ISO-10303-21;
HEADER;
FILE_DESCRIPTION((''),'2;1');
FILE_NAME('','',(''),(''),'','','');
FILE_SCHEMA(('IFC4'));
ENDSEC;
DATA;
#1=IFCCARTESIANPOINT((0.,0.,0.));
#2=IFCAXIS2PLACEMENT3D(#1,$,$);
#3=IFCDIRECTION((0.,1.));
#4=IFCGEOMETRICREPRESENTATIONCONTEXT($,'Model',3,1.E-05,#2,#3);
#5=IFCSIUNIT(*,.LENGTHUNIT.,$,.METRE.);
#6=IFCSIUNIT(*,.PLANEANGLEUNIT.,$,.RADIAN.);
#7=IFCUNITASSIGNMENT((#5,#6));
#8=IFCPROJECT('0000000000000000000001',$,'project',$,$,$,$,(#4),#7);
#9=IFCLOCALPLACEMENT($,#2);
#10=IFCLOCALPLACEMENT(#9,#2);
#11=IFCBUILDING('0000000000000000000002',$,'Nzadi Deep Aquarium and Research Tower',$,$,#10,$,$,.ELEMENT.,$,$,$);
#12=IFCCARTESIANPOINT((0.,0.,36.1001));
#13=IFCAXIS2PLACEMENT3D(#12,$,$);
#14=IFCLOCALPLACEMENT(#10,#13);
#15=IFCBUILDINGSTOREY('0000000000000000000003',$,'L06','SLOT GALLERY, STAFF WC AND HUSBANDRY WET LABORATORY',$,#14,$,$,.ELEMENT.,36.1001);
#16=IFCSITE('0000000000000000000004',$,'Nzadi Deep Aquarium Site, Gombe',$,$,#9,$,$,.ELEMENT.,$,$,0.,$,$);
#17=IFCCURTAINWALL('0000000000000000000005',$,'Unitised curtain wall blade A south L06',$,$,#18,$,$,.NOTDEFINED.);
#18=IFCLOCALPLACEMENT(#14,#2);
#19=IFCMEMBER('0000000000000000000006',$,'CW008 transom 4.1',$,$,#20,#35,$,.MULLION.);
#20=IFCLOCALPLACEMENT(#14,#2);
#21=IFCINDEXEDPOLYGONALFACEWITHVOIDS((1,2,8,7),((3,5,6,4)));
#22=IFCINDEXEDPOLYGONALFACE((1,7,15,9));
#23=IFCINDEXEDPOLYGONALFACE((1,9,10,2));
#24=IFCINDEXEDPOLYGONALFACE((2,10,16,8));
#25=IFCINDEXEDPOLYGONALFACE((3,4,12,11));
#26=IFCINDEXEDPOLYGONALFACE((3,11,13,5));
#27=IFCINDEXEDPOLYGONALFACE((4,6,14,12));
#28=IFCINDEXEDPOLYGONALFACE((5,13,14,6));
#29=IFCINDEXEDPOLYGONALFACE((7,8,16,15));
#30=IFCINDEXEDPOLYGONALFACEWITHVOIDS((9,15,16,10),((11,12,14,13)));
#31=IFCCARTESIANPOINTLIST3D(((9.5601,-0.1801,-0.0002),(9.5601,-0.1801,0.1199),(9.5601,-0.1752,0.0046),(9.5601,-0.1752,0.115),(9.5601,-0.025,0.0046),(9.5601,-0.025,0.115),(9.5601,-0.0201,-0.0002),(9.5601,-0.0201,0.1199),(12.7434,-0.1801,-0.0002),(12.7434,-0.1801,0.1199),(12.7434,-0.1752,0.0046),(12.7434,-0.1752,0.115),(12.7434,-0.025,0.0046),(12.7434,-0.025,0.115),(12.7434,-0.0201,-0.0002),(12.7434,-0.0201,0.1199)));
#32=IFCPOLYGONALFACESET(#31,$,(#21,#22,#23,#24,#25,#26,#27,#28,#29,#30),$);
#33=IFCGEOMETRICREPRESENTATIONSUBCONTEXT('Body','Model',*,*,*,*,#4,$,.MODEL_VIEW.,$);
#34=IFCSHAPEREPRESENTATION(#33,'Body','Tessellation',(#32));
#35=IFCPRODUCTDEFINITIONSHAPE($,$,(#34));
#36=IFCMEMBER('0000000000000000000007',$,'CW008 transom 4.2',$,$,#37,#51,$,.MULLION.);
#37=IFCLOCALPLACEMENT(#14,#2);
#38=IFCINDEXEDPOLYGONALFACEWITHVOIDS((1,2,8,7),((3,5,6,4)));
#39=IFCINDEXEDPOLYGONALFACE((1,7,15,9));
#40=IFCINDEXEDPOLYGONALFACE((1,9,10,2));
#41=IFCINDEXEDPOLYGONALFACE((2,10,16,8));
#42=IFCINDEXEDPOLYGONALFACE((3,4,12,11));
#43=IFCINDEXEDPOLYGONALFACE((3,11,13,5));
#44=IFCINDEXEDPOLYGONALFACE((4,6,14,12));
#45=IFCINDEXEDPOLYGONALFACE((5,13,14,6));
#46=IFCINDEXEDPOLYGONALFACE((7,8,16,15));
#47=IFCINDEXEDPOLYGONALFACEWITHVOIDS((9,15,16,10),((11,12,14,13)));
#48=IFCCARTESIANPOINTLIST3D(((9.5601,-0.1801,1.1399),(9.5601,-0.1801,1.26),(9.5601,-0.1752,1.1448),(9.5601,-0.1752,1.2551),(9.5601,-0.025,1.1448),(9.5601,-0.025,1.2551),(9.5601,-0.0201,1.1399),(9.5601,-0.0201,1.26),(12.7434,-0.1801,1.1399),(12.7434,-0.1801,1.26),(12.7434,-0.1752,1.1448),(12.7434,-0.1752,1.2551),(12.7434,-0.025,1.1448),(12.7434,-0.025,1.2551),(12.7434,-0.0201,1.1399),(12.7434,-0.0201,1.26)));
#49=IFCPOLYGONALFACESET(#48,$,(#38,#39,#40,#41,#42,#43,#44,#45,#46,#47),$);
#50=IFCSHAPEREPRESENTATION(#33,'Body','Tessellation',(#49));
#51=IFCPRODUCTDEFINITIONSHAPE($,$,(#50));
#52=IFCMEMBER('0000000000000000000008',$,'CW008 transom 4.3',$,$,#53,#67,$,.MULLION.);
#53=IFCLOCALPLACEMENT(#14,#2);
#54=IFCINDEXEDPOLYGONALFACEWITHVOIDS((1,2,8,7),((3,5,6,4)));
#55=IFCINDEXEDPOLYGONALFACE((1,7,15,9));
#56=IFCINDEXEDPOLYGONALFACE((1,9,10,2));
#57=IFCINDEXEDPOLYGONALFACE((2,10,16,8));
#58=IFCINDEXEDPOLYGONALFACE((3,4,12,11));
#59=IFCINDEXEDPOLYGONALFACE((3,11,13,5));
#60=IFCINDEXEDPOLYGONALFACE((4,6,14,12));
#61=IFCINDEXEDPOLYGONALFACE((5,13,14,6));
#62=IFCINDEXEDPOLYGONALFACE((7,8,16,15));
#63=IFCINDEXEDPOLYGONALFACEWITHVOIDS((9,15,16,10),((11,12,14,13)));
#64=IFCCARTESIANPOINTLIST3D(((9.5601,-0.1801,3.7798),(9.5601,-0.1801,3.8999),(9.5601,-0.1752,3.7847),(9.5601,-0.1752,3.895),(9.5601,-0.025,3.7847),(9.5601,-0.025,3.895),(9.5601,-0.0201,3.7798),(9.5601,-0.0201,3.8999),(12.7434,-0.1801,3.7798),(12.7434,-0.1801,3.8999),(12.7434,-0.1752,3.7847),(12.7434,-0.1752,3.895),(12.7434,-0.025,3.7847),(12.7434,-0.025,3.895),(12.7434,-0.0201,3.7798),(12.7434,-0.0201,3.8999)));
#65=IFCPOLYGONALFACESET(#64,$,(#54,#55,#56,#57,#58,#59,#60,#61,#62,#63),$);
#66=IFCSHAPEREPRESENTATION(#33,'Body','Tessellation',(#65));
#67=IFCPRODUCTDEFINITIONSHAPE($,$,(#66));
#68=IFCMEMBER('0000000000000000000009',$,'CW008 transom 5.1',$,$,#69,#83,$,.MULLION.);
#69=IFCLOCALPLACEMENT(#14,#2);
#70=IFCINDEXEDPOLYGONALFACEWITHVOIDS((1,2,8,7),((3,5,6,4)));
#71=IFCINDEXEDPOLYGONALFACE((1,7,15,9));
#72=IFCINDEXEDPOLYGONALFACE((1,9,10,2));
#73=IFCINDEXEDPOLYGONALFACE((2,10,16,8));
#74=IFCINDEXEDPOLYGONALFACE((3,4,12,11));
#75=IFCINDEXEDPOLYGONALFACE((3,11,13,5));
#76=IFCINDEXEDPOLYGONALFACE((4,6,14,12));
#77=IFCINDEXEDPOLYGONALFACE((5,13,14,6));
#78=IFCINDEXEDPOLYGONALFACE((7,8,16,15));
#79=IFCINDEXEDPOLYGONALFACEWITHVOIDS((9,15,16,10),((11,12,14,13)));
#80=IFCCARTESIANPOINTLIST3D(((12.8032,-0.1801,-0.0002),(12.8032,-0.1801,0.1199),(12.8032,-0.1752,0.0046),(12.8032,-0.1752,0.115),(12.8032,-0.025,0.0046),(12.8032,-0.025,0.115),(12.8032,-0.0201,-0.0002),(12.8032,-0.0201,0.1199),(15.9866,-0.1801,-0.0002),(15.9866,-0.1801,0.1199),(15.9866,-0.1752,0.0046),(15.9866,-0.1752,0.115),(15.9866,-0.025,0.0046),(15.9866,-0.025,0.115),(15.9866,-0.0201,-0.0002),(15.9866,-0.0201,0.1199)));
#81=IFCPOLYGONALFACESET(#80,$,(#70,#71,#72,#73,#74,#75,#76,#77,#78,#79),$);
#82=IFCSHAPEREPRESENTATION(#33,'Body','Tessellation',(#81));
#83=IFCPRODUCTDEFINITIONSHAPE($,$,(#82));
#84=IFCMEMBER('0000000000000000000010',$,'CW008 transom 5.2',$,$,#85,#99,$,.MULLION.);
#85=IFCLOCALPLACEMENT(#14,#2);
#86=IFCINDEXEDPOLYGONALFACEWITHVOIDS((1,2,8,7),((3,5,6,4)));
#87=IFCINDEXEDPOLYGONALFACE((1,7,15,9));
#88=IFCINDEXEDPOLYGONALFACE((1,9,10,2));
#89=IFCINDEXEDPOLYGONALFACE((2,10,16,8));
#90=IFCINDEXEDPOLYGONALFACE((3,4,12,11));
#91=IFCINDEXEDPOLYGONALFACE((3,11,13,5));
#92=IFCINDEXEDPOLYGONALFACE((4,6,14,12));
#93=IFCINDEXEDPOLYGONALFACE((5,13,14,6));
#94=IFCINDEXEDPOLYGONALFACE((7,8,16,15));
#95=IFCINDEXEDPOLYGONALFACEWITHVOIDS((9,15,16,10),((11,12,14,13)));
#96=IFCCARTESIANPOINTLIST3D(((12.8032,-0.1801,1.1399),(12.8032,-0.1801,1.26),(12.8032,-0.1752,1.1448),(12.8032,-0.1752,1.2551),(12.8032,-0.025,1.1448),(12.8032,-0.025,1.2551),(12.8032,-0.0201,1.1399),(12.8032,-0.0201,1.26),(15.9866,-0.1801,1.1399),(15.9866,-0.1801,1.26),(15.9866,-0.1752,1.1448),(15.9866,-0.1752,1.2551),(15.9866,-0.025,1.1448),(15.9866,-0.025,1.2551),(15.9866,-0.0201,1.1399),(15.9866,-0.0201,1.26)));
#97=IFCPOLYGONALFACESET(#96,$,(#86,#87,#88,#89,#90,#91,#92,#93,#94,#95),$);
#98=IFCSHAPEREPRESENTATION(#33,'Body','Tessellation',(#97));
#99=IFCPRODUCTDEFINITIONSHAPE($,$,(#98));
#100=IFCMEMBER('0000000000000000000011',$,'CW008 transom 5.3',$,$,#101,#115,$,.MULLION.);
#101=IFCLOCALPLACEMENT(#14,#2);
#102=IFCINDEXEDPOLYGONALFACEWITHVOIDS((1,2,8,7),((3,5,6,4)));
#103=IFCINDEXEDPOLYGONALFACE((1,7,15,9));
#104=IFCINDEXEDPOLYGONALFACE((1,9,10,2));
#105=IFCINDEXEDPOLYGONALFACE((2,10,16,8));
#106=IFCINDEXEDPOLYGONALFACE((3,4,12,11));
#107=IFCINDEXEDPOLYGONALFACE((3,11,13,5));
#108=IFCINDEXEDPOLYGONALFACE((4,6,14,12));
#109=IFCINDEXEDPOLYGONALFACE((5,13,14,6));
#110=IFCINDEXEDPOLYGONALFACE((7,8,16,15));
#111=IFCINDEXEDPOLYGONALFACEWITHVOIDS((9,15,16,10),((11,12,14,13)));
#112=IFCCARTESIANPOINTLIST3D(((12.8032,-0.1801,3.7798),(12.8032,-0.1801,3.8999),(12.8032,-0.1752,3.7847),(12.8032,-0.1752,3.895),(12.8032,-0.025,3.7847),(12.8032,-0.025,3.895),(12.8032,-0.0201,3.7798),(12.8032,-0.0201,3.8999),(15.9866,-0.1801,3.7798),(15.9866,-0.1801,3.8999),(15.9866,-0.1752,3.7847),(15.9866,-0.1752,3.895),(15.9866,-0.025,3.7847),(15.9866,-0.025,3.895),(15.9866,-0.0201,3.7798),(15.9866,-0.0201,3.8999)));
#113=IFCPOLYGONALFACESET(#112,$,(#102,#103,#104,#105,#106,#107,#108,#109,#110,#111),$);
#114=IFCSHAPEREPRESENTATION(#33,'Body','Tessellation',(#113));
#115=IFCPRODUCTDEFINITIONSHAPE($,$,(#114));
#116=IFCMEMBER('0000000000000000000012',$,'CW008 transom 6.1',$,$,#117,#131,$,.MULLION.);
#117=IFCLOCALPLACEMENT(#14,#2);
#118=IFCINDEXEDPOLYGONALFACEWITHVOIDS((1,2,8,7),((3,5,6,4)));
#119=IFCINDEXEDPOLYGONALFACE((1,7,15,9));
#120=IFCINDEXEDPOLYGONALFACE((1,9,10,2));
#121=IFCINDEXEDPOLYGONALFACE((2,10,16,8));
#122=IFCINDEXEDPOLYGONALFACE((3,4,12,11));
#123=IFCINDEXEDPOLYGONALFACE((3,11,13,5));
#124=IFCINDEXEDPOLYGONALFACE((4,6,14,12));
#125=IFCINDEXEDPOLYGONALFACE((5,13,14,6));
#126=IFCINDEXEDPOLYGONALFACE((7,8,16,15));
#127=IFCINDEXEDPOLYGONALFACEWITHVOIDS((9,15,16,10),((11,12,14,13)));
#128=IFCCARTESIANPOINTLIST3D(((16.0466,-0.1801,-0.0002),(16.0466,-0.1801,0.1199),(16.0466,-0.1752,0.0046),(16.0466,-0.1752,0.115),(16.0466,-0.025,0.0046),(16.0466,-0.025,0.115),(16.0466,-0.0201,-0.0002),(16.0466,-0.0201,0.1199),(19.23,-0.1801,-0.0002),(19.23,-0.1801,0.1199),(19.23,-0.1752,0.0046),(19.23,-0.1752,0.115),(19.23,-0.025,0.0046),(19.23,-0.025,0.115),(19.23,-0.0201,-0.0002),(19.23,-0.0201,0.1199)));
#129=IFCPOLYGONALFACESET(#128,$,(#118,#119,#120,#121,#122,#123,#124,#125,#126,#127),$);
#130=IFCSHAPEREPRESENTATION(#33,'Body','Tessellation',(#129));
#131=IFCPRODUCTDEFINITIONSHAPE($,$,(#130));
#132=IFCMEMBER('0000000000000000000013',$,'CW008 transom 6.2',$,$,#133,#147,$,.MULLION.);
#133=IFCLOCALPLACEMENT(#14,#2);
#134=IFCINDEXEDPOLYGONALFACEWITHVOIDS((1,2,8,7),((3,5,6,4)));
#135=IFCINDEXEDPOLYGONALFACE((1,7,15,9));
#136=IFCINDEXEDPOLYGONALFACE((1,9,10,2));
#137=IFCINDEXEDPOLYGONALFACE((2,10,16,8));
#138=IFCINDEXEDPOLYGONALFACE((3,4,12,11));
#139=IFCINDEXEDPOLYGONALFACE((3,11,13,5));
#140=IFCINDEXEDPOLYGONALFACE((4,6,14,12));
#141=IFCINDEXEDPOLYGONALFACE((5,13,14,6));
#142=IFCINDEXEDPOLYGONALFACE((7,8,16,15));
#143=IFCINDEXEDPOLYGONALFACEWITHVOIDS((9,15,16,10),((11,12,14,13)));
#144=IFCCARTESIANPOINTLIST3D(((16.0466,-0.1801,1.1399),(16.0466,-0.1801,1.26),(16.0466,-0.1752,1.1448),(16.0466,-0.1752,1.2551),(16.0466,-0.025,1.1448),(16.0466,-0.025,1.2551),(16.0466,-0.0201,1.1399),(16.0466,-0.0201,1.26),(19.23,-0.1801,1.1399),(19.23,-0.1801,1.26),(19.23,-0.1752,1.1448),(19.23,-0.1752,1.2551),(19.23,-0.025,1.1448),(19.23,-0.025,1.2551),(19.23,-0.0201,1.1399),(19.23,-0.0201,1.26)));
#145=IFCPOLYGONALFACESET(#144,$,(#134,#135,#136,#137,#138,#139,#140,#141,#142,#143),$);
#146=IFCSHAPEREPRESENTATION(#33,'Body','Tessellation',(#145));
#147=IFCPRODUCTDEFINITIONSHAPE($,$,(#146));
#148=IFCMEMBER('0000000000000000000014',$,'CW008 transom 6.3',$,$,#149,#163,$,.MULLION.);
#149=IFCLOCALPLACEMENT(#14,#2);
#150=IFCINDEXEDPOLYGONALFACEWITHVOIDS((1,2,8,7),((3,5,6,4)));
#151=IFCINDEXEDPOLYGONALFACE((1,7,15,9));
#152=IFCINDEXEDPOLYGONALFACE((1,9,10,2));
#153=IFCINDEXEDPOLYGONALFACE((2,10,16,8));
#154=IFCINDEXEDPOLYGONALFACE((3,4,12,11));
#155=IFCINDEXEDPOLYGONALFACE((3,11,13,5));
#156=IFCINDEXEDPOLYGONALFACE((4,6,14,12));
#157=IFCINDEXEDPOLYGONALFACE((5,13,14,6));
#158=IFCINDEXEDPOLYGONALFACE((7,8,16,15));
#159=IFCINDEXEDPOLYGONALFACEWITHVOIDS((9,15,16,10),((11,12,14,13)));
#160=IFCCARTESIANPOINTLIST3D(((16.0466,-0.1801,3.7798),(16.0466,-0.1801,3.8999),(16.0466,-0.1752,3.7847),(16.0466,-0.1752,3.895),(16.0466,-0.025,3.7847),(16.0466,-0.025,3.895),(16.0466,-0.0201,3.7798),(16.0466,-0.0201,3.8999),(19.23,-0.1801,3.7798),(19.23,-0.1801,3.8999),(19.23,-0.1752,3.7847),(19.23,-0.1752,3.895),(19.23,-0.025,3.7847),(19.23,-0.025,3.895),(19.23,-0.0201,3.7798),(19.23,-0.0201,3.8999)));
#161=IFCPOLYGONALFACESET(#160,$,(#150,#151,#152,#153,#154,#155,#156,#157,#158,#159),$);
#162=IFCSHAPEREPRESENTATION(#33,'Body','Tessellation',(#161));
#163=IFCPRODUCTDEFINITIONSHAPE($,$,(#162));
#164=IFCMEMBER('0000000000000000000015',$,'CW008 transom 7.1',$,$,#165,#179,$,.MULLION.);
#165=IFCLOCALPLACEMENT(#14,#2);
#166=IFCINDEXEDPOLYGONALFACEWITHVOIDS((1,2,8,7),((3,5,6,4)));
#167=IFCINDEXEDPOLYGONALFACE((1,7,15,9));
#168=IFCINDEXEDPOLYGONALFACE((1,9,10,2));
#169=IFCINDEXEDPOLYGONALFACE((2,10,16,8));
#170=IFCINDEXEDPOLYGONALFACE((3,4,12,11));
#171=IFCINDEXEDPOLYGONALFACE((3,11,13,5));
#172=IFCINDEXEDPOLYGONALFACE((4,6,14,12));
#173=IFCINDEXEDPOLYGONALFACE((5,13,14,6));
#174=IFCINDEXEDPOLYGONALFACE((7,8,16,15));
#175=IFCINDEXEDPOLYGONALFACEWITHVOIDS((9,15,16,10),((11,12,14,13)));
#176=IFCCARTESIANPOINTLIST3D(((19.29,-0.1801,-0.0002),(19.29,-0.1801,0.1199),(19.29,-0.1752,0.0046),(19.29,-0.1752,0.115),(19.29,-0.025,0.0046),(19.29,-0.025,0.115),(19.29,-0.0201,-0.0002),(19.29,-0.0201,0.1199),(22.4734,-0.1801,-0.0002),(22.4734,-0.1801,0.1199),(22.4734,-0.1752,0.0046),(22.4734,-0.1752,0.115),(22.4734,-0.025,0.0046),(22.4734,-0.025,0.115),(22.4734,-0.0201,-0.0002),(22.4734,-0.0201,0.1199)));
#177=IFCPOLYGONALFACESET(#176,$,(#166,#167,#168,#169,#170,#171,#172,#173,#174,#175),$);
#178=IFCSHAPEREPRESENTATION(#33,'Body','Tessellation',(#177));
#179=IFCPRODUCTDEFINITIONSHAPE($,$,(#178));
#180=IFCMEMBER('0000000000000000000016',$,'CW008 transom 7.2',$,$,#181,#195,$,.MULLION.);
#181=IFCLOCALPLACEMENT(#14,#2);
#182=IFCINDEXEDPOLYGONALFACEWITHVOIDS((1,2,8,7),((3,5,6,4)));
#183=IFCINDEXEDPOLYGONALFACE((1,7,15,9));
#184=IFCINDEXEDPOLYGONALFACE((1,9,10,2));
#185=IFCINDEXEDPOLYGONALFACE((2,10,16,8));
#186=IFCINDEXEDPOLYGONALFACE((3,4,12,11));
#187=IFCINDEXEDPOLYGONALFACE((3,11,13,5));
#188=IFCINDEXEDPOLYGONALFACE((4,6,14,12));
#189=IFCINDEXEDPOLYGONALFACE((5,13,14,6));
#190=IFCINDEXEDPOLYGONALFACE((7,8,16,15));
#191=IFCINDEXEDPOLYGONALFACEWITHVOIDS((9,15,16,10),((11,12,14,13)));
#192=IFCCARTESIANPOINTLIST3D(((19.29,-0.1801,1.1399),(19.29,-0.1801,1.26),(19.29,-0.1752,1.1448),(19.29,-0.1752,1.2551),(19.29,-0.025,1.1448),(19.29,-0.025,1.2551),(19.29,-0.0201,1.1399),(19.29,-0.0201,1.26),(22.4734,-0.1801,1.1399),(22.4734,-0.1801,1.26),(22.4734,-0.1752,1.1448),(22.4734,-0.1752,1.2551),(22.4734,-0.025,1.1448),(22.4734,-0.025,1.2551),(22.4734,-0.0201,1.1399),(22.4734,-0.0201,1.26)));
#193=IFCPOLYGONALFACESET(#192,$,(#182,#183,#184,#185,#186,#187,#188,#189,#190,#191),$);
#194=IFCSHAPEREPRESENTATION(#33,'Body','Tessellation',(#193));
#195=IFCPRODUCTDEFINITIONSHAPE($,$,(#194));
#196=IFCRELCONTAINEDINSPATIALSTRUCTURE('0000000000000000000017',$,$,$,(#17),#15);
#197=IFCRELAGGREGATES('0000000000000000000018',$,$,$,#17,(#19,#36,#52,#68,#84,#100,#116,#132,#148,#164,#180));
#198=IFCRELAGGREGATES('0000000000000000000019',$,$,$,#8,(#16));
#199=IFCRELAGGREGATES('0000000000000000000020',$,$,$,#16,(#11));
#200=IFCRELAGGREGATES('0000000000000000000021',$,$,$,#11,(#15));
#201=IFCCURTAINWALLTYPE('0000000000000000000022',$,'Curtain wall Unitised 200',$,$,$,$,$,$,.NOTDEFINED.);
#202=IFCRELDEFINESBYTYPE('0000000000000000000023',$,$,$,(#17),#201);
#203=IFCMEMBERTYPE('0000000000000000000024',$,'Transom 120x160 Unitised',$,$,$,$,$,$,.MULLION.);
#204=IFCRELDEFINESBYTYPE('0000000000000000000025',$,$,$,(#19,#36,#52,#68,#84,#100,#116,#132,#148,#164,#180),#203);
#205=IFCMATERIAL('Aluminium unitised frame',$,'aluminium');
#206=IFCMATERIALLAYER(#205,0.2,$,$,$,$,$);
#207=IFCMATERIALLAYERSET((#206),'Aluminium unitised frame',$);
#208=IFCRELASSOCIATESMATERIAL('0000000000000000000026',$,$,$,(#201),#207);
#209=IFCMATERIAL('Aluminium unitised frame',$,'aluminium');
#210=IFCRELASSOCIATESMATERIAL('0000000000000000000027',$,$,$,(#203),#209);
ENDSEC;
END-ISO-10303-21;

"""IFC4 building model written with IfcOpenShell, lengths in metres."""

from ifc_helpers import new_model, si_unit, direction, frame, origin, origin_2d, place, context, subcontext, project, spatial, hollow_rectangle, extrude, material, layer, layer_set, material_profile, profile_set, type_object, element, aggregate, save


model = new_model("IFC4")

# Units and contexts
model_context = context("Model", 3, precision=1e-05, world=origin(), true_north=direction((0.0, 1.0)))
body_context = subcontext(model_context, "Body", "Model", "MODEL_VIEW")
ifc_project = project(units=[si_unit("LENGTHUNIT", "METRE"), si_unit("PLANEANGLEUNIT", "RADIAN")], contexts=[model_context])

# Site, building, storey
site_placement = place(None, origin())
site = spatial("IfcSite", under=ifc_project, at=site_placement, Name="Nzadi Deep Aquarium Site, Gombe", CompositionType="ELEMENT", RefElevation=0.0)
building_placement = place(site_placement, origin())
building = spatial("IfcBuilding", under=site, at=building_placement, Name="Nzadi Deep Aquarium and Research Tower", CompositionType="ELEMENT")
storey_placement = place(building_placement, frame((0.0, 0.0, 36.1001)))
storey = spatial("IfcBuildingStorey", under=building, at=storey_placement, Name="L06", Description="SLOT GALLERY, STAFF WC AND HUSBANDRY WET LABORATORY", CompositionType="ELEMENT", Elevation=36.1001)

# Curtain wall
ifc_material_1 = material(Name="Aluminium unitised frame", Category="aluminium")
ifc_layer_1 = layer(ifc_material_1, 0.2)
ifc_layer_set_1 = layer_set([ifc_layer_1], Name="Aluminium unitised frame")
curtain_wall_type = type_object("IfcCurtainWallType", Name="Curtain wall Unitised 200", PredefinedType="NOTDEFINED", material=ifc_layer_set_1)
curtain_wall_placement = place(storey_placement, origin())
curtain_wall = element("IfcCurtainWall", 1, at=curtain_wall_placement, inside=storey, type_object=curtain_wall_type, Name="Unitised curtain wall blade A south L06", PredefinedType="NOTDEFINED")

# Members
ifc_material_2 = material(Name="Aluminium unitised frame", Category="aluminium")
ifc_material_profile_1 = material_profile(ifc_material_2, hollow_rectangle(XDim=0.1599, YDim=0.1201, WallThickness=0.0049, at=origin_2d()))
ifc_profile_set_1 = profile_set([ifc_material_profile_1], Name="Aluminium unitised frame")
member_type_1 = type_object("IfcMemberType", Name="Transom 120x160 Unitised", PredefinedType="MULLION", material=ifc_profile_set_1)
member_1_placement = place(storey_placement, frame((9.5601, -0.1001, 0.0598), z_axis=(1.0, 0.0, 0.0), x_axis=(0.0, 1.0, 0.0)))
member_1 = element("IfcMember", 2, at=member_1_placement, type_object=member_type_1, Name="CW008 transom 4.1", PredefinedType="MULLION", context=body_context, shape_type="SweptSolid", body=[
    extrude(hollow_rectangle(XDim=0.1599, YDim=0.1201, WallThickness=0.0049, at=origin_2d()), origin(), (0.0, 0.0, 1.0), 3.1833),
])
member_2_placement = place(storey_placement, frame((9.5601, -0.1001, 1.2), z_axis=(1.0, 0.0, 0.0), x_axis=(0.0, 1.0, 0.0)))
member_2 = element("IfcMember", 3, at=member_2_placement, type_object=member_type_1, Name="CW008 transom 4.2", PredefinedType="MULLION", context=body_context, shape_type="SweptSolid", body=[
    extrude(hollow_rectangle(XDim=0.1599, YDim=0.1201, WallThickness=0.0049, at=origin_2d()), origin(), (0.0, 0.0, 1.0), 3.1833),
])
member_3_placement = place(storey_placement, frame((9.5601, -0.1001, 3.8398), z_axis=(1.0, 0.0, 0.0), x_axis=(0.0, 1.0, 0.0)))
member_3 = element("IfcMember", 4, at=member_3_placement, type_object=member_type_1, Name="CW008 transom 4.3", PredefinedType="MULLION", context=body_context, shape_type="SweptSolid", body=[
    extrude(hollow_rectangle(XDim=0.1599, YDim=0.1201, WallThickness=0.0049, at=origin_2d()), origin(), (0.0, 0.0, 1.0), 3.1833),
])
member_4_placement = place(storey_placement, frame((12.8032, -0.1001, 0.0598), z_axis=(1.0, 0.0, 0.0), x_axis=(0.0, 1.0, 0.0)))
member_4 = element("IfcMember", 5, at=member_4_placement, type_object=member_type_1, Name="CW008 transom 5.1", PredefinedType="MULLION", context=body_context, shape_type="SweptSolid", body=[
    extrude(hollow_rectangle(XDim=0.1599, YDim=0.1201, WallThickness=0.0049, at=origin_2d()), origin(), (0.0, 0.0, 1.0), 3.1833),
])
member_5_placement = place(storey_placement, frame((12.8032, -0.1001, 1.2), z_axis=(1.0, 0.0, 0.0), x_axis=(0.0, 1.0, 0.0)))
member_5 = element("IfcMember", 6, at=member_5_placement, type_object=member_type_1, Name="CW008 transom 5.2", PredefinedType="MULLION", context=body_context, shape_type="SweptSolid", body=[
    extrude(hollow_rectangle(XDim=0.1599, YDim=0.1201, WallThickness=0.0049, at=origin_2d()), origin(), (0.0, 0.0, 1.0), 3.1833),
])
member_6_placement = place(storey_placement, frame((12.8032, -0.1001, 3.8398), z_axis=(1.0, 0.0, 0.0), x_axis=(0.0, 1.0, 0.0)))
member_6 = element("IfcMember", 7, at=member_6_placement, type_object=member_type_1, Name="CW008 transom 5.3", PredefinedType="MULLION", context=body_context, shape_type="SweptSolid", body=[
    extrude(hollow_rectangle(XDim=0.1599, YDim=0.1201, WallThickness=0.0049, at=origin_2d()), origin(), (0.0, 0.0, 1.0), 3.1833),
])
member_7_placement = place(storey_placement, frame((16.0466, -0.1001, 0.0598), z_axis=(1.0, 0.0, 0.0), x_axis=(0.0, 1.0, 0.0)))
member_7 = element("IfcMember", 8, at=member_7_placement, type_object=member_type_1, Name="CW008 transom 6.1", PredefinedType="MULLION", context=body_context, shape_type="SweptSolid", body=[
    extrude(hollow_rectangle(XDim=0.1599, YDim=0.1201, WallThickness=0.0049, at=origin_2d()), origin(), (0.0, 0.0, 1.0), 3.1833),
])
member_8_placement = place(storey_placement, frame((16.0466, -0.1001, 1.2), z_axis=(1.0, 0.0, 0.0), x_axis=(0.0, 1.0, 0.0)))
member_8 = element("IfcMember", 9, at=member_8_placement, type_object=member_type_1, Name="CW008 transom 6.2", PredefinedType="MULLION", context=body_context, shape_type="SweptSolid", body=[
    extrude(hollow_rectangle(XDim=0.1599, YDim=0.1201, WallThickness=0.0049, at=origin_2d()), origin(), (0.0, 0.0, 1.0), 3.1833),
])
member_9_placement = place(storey_placement, frame((16.0466, -0.1001, 3.8398), z_axis=(1.0, 0.0, 0.0), x_axis=(0.0, 1.0, 0.0)))
member_9 = element("IfcMember", 10, at=member_9_placement, type_object=member_type_1, Name="CW008 transom 6.3", PredefinedType="MULLION", context=body_context, shape_type="SweptSolid", body=[
    extrude(hollow_rectangle(XDim=0.1599, YDim=0.1201, WallThickness=0.0049, at=origin_2d()), origin(), (0.0, 0.0, 1.0), 3.1833),
])
member_10_placement = place(storey_placement, frame((19.29, -0.1001, 0.0598), z_axis=(1.0, 0.0, 0.0), x_axis=(0.0, 1.0, 0.0)))
member_10 = element("IfcMember", 11, at=member_10_placement, type_object=member_type_1, Name="CW008 transom 7.1", PredefinedType="MULLION", context=body_context, shape_type="SweptSolid", body=[
    extrude(hollow_rectangle(XDim=0.1599, YDim=0.1201, WallThickness=0.0049, at=origin_2d()), origin(), (0.0, 0.0, 1.0), 3.1833),
])
member_11_placement = place(storey_placement, frame((19.29, -0.1001, 1.2), z_axis=(1.0, 0.0, 0.0), x_axis=(0.0, 1.0, 0.0)))
member_11 = element("IfcMember", 12, at=member_11_placement, type_object=member_type_1, Name="CW008 transom 7.2", PredefinedType="MULLION", context=body_context, shape_type="SweptSolid", body=[
    extrude(hollow_rectangle(XDim=0.1599, YDim=0.1201, WallThickness=0.0049, at=origin_2d()), origin(), (0.0, 0.0, 1.0), 3.1833),
])

aggregate(curtain_wall, [member_1, member_2, member_3, member_4, member_5, member_6, member_7, member_8, member_9, member_10, member_11])

save(model, "model.ifc")
